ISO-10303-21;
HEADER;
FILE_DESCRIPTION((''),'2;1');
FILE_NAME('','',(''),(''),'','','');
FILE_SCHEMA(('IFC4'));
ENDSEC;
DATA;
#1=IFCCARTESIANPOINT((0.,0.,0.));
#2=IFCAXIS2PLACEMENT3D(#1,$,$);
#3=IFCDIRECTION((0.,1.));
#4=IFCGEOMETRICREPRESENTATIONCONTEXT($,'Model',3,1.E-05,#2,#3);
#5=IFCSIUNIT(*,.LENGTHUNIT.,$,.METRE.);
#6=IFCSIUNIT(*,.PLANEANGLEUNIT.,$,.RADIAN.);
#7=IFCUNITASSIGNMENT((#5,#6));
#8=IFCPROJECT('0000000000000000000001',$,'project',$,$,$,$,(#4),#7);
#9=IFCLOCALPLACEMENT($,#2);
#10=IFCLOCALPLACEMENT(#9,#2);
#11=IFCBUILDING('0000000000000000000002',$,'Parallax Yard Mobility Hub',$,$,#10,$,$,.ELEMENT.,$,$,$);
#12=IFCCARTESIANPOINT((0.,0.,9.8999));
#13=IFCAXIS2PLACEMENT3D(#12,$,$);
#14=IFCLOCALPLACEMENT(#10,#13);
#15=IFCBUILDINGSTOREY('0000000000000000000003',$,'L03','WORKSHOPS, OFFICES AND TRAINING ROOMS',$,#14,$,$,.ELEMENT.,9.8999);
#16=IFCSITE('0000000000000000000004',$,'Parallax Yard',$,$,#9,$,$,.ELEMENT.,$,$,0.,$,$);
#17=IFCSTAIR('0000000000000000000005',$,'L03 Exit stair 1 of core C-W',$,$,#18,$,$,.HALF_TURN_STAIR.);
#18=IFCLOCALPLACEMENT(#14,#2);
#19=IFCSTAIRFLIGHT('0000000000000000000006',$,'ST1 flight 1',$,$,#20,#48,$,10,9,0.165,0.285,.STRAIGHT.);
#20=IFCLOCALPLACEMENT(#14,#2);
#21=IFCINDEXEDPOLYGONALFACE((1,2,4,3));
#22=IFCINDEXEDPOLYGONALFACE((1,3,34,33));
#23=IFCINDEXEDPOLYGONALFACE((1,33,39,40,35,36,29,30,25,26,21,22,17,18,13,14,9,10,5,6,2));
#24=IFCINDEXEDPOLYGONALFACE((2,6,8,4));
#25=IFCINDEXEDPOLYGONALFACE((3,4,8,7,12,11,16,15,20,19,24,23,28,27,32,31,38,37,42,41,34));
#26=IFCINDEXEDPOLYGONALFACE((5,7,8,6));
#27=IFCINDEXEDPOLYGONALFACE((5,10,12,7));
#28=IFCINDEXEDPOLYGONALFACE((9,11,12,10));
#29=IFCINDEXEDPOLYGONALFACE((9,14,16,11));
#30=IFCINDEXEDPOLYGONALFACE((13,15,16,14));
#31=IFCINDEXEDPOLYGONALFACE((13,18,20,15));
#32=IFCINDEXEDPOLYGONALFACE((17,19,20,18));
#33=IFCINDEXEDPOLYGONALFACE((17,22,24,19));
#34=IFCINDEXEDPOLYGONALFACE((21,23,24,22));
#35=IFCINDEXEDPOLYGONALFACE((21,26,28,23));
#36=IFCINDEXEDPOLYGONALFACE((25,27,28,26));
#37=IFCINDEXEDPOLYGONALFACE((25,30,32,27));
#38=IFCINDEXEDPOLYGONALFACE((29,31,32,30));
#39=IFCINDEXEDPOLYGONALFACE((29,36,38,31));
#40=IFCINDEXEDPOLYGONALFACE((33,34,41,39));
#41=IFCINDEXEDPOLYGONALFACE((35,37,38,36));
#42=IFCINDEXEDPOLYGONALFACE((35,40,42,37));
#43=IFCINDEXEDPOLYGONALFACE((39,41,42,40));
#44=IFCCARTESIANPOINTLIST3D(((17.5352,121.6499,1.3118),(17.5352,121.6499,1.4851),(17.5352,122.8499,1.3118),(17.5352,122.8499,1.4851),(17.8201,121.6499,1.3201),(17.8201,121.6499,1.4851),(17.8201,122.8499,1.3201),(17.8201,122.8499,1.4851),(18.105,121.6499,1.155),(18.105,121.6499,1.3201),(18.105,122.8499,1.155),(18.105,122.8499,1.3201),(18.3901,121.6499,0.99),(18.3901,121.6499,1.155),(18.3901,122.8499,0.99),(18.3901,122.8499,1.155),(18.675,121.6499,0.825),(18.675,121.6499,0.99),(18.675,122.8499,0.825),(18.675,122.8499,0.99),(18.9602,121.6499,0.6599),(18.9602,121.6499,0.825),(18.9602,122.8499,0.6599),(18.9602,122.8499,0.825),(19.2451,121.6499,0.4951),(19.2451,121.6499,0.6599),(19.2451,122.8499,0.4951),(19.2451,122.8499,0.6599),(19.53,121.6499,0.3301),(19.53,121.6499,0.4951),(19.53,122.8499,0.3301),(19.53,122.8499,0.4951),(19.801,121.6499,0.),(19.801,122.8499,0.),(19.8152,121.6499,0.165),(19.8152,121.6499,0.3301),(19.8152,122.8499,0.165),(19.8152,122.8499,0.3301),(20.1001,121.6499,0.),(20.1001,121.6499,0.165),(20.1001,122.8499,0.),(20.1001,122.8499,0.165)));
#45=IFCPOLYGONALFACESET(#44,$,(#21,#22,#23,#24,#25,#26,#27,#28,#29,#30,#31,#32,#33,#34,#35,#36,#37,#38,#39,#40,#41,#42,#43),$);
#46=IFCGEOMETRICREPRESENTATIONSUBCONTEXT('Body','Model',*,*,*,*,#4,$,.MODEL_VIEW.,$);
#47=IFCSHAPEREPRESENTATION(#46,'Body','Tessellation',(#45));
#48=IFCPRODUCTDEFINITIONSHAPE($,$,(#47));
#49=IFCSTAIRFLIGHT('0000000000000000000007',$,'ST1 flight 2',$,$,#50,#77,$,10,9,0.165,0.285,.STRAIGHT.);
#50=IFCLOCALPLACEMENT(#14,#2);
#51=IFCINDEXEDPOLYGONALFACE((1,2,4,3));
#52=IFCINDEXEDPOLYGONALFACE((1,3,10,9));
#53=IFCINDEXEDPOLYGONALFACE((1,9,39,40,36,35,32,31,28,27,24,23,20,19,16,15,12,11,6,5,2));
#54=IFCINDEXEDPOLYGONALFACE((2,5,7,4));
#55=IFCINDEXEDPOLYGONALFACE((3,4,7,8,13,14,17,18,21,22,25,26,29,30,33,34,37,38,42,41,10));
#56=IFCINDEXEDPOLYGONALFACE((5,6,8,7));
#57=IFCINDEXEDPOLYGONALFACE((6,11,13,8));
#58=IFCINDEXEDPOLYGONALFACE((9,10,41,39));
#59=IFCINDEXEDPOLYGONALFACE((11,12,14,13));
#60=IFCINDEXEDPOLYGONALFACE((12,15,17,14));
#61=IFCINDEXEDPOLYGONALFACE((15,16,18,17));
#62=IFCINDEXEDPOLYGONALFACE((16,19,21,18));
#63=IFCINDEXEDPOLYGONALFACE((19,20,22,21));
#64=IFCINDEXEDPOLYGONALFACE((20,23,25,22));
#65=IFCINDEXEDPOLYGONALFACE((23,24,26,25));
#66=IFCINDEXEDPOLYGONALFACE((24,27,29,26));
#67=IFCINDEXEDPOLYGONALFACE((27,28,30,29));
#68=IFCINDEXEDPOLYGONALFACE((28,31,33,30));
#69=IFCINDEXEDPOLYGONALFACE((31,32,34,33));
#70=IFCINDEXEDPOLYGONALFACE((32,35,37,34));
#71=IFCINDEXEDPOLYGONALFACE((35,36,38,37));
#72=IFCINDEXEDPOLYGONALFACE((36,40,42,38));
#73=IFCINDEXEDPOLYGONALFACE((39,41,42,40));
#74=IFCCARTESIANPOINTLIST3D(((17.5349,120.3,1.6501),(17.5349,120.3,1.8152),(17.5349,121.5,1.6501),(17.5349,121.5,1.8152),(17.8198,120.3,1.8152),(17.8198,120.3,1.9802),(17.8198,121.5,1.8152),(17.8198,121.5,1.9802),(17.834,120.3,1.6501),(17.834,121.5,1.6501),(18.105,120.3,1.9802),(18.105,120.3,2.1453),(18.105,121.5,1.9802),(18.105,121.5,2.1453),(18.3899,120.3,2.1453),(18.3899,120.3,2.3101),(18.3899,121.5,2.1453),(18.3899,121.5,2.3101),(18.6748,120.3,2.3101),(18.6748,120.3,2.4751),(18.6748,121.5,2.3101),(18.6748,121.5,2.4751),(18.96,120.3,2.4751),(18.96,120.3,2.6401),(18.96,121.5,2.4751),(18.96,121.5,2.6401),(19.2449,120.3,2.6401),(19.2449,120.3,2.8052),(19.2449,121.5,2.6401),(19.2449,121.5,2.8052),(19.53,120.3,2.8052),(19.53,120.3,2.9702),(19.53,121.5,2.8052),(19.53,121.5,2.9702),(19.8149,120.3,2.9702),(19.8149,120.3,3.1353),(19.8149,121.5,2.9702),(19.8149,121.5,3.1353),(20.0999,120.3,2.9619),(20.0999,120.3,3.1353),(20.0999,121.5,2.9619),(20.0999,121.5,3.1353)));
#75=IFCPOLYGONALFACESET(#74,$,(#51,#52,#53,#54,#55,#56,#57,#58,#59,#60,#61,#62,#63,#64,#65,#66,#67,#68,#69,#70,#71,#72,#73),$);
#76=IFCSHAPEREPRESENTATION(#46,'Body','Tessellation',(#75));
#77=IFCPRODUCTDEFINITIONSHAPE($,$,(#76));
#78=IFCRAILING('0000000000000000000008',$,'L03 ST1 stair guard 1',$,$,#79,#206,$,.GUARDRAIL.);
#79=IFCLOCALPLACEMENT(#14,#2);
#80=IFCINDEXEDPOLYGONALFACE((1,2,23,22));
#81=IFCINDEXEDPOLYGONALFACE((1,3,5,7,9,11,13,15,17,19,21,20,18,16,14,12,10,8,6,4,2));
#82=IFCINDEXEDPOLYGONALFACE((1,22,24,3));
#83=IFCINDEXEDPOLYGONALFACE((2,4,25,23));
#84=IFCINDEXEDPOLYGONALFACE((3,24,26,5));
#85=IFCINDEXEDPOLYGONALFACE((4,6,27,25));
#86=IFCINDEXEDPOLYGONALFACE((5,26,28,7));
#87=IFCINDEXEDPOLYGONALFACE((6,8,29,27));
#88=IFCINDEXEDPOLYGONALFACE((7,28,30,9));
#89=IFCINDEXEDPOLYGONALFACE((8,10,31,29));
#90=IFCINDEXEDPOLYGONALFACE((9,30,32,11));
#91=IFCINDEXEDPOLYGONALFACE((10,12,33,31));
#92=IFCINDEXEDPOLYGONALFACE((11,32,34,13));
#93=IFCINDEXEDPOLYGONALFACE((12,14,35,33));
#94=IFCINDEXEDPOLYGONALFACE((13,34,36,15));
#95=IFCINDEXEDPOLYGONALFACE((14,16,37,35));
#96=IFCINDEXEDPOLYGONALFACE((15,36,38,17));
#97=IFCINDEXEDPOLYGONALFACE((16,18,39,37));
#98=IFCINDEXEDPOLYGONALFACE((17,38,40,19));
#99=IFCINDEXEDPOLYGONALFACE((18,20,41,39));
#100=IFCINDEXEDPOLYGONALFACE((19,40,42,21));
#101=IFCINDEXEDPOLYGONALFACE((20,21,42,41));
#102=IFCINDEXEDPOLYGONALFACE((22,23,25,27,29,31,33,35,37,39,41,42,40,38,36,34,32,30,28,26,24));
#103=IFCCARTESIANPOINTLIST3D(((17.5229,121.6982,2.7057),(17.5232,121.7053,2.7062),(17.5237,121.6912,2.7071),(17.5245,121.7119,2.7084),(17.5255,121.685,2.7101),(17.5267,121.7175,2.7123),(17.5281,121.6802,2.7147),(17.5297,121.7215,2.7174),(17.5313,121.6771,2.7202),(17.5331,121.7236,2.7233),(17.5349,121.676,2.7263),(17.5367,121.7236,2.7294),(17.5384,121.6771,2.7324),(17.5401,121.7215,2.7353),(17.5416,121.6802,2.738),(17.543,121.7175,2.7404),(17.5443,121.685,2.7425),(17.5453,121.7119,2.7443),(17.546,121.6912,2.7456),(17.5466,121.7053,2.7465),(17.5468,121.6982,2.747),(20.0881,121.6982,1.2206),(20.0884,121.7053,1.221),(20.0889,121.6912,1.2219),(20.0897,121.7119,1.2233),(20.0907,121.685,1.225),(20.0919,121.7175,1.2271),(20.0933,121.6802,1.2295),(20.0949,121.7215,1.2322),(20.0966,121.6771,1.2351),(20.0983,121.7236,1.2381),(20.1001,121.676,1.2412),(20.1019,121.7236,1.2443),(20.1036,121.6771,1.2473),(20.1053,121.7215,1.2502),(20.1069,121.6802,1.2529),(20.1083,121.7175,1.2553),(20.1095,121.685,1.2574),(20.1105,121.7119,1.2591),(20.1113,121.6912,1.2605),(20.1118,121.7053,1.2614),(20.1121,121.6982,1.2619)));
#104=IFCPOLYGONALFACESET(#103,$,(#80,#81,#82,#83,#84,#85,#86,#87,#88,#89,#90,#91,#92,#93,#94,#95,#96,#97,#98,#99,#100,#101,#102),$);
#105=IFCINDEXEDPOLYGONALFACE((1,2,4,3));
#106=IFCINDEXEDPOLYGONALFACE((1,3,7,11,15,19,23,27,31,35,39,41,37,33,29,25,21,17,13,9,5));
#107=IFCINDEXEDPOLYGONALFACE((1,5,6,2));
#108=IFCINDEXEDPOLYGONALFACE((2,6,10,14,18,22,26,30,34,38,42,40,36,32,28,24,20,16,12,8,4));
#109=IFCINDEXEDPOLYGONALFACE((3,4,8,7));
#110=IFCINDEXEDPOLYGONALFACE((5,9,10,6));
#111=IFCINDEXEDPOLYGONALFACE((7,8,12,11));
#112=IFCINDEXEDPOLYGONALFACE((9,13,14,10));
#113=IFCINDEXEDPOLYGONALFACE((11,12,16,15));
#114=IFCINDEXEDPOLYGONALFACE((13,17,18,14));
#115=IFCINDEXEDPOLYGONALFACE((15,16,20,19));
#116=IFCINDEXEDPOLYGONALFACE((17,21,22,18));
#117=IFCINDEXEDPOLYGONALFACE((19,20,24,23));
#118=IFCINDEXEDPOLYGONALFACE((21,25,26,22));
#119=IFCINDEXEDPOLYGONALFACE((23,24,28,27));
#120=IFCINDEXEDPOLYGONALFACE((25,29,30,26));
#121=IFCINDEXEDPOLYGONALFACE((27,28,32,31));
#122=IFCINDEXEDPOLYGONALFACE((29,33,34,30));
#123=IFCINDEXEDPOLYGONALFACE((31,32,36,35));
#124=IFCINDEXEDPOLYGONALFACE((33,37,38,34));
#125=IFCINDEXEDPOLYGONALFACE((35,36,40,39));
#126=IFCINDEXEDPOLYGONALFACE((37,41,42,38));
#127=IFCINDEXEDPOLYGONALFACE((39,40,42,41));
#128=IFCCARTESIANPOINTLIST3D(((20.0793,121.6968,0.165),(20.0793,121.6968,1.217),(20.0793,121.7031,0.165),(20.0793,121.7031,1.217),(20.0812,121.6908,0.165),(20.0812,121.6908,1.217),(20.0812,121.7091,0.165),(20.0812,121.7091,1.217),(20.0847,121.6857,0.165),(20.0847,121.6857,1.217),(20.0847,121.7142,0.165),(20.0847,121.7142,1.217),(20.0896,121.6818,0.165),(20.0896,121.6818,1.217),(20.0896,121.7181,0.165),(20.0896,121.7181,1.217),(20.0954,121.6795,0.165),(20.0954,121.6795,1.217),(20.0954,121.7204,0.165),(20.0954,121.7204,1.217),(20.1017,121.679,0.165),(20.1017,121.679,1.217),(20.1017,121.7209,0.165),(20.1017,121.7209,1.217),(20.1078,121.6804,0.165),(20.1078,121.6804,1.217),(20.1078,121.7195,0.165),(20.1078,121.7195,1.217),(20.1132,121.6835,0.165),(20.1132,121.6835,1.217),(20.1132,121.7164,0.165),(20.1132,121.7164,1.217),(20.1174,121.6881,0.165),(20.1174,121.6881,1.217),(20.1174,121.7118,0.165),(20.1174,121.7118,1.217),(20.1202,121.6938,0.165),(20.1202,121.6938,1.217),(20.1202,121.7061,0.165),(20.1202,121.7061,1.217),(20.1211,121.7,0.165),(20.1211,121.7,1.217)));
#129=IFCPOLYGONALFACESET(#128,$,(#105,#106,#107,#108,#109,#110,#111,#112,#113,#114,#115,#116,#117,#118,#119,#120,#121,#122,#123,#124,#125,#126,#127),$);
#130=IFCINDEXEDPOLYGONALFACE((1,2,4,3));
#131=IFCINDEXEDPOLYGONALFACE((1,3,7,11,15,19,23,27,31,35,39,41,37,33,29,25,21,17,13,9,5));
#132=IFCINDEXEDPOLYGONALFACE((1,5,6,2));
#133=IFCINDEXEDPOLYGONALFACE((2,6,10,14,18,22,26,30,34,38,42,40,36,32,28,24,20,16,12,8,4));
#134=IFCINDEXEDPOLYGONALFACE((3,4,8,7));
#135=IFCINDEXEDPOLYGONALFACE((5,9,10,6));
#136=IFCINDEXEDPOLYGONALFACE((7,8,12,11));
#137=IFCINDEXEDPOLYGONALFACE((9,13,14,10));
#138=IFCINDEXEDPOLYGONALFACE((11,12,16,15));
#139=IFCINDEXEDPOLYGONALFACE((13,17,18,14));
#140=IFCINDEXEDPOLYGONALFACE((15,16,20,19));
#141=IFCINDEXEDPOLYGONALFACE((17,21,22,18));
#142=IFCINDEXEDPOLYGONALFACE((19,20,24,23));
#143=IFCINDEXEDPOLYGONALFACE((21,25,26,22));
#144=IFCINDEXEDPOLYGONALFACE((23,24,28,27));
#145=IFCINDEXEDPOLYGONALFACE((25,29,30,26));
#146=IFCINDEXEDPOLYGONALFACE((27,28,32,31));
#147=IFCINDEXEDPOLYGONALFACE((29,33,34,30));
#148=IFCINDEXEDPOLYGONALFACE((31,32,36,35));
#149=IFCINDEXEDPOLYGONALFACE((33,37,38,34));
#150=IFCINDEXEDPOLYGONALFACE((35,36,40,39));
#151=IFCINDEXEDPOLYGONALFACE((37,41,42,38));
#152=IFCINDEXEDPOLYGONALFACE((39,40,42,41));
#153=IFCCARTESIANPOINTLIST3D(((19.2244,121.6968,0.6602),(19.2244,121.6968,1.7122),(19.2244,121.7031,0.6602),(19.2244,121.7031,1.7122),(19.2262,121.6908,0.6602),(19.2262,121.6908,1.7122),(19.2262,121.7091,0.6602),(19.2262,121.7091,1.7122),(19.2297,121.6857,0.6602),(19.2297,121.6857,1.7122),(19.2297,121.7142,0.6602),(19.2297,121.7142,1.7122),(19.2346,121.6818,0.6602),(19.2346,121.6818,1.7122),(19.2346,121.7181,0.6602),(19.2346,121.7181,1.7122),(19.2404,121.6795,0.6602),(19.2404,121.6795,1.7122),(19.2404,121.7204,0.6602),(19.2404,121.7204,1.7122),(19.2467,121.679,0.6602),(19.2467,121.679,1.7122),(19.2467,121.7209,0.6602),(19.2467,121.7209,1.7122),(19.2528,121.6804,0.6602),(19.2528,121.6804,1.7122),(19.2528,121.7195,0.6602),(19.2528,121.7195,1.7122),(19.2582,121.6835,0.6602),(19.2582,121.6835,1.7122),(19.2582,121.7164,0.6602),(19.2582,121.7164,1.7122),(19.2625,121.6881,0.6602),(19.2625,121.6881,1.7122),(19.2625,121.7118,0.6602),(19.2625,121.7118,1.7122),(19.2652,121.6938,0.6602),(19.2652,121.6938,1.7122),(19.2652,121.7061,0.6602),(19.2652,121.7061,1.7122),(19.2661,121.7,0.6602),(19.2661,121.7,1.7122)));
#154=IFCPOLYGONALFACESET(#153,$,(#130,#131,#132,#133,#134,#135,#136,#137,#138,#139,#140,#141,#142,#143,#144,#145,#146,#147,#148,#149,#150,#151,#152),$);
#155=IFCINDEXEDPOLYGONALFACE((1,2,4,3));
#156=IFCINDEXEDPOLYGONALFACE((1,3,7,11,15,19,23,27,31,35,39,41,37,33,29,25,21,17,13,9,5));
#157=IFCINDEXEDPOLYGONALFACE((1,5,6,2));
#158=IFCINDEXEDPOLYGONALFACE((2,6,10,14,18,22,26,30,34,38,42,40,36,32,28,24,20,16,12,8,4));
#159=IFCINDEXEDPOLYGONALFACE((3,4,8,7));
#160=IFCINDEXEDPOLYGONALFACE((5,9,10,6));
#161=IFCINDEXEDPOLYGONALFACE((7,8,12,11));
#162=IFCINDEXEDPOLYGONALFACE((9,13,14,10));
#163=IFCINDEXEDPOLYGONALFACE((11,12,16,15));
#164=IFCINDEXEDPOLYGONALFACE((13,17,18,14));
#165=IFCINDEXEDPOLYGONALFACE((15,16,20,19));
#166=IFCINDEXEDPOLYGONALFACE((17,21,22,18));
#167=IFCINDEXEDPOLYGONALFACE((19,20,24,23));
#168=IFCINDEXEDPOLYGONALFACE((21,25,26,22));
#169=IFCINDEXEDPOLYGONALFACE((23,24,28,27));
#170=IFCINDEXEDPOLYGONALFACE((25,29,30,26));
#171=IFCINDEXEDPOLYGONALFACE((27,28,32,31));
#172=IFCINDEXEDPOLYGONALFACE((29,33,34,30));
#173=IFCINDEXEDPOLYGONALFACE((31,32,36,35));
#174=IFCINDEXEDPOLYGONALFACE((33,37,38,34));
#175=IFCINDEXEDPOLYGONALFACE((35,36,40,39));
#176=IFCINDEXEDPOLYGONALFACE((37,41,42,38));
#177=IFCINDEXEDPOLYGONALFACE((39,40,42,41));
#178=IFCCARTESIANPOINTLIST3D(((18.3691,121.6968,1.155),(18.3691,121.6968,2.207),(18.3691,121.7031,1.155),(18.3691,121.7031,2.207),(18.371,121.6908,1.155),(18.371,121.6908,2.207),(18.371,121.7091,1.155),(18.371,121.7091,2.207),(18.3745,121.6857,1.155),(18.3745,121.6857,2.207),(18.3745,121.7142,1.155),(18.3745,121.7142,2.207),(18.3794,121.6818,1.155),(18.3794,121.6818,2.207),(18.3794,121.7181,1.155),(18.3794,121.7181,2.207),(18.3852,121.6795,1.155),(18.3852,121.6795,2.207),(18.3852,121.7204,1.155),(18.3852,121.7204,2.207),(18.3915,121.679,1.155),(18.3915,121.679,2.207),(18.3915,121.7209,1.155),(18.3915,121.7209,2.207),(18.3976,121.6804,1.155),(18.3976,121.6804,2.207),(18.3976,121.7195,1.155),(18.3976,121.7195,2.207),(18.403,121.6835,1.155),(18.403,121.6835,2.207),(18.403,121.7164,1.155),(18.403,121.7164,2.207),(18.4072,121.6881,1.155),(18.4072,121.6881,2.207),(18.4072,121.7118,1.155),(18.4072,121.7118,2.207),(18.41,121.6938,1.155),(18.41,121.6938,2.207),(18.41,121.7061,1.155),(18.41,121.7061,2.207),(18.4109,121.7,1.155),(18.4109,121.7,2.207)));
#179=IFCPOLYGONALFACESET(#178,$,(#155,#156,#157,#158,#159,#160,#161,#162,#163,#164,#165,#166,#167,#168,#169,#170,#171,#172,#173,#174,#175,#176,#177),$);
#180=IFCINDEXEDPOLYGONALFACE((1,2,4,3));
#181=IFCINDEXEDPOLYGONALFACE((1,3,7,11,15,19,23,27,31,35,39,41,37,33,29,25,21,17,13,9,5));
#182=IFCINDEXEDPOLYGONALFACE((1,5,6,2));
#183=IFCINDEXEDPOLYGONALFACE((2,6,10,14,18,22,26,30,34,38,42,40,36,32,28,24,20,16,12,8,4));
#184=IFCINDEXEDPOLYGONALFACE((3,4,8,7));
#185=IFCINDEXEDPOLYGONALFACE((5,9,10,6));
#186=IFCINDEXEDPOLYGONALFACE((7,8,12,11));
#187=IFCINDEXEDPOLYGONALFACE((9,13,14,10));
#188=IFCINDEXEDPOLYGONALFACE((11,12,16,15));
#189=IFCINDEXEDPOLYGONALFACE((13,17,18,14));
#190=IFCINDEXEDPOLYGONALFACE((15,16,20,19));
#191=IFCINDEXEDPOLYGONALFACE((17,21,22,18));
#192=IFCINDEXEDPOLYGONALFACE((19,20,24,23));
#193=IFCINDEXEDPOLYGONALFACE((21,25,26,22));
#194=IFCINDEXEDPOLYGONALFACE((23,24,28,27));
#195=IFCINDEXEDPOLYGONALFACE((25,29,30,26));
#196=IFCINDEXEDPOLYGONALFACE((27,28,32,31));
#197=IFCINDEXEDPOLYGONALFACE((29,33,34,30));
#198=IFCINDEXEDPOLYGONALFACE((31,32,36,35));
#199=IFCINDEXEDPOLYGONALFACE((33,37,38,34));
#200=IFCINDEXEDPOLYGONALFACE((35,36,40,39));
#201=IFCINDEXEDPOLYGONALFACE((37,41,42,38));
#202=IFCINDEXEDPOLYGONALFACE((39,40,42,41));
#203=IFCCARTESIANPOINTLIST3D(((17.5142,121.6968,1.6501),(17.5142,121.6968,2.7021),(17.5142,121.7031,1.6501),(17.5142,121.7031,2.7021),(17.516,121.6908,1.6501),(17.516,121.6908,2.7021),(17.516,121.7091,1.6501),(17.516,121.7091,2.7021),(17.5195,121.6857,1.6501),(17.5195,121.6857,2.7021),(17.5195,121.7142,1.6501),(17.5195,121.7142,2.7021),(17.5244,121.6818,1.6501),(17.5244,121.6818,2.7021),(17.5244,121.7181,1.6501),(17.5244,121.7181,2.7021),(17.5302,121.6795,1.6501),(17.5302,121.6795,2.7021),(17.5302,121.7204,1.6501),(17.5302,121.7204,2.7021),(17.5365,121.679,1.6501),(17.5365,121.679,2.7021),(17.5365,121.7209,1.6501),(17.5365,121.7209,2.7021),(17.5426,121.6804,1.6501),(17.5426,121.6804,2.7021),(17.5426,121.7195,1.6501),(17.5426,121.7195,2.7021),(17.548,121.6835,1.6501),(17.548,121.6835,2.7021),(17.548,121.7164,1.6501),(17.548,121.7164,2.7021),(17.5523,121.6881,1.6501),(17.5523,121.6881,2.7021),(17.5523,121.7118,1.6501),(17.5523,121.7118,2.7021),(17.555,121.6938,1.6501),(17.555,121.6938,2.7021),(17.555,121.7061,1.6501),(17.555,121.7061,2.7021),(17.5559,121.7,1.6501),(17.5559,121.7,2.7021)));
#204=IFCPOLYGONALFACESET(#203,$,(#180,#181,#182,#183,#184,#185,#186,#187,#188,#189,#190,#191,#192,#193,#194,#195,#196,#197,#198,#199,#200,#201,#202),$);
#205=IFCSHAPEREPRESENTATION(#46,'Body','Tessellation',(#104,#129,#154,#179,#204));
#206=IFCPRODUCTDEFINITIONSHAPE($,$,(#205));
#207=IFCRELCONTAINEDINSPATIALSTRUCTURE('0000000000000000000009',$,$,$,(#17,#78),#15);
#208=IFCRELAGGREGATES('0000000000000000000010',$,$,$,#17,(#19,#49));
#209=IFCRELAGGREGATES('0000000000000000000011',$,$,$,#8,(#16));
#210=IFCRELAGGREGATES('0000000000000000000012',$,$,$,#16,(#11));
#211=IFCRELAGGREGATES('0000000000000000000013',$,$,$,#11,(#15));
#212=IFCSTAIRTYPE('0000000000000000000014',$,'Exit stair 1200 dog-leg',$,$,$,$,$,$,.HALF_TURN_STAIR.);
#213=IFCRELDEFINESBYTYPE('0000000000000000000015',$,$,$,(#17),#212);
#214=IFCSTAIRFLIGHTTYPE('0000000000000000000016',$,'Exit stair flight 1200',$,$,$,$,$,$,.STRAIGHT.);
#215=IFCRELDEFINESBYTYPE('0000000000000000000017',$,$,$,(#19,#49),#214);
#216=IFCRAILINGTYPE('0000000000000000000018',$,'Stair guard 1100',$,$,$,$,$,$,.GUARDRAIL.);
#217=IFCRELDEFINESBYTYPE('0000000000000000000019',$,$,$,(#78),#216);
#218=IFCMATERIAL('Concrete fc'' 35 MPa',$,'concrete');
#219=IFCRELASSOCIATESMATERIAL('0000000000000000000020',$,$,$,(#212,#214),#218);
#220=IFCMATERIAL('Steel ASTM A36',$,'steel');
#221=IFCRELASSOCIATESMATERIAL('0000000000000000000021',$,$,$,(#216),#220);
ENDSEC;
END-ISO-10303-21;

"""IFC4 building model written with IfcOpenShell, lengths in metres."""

from ifc_helpers import new_model, si_unit, direction, frame, origin, origin_2d, place, context, subcontext, project, spatial, polyline, circle, outline, extrude, material, type_object, element, aggregate, save


model = new_model("IFC4")

# Units and contexts
model_context = context("Model", 3, precision=1e-05, world=origin(), true_north=direction((0.0, 1.0)))
body_context = subcontext(model_context, "Body", "Model", "MODEL_VIEW")
ifc_project = project(units=[si_unit("LENGTHUNIT", "METRE"), si_unit("PLANEANGLEUNIT", "RADIAN")], contexts=[model_context])

# Site, building, storey
site_placement = place(None, origin())
site = spatial("IfcSite", under=ifc_project, at=site_placement, Name="Parallax Yard", CompositionType="ELEMENT", RefElevation=0.0)
building_placement = place(site_placement, origin())
building = spatial("IfcBuilding", under=site, at=building_placement, Name="Parallax Yard Mobility Hub", CompositionType="ELEMENT")
storey_placement = place(building_placement, frame((0.0, 0.0, 9.8999)))
storey = spatial("IfcBuildingStorey", under=building, at=storey_placement, Name="L03", Description="WORKSHOPS, OFFICES AND TRAINING ROOMS", CompositionType="ELEMENT", Elevation=9.8999)

# Shared definitions
ifc_material_1 = material(Name="Concrete fc' 35 MPa", Category="concrete")

# Stair, stair flights
stair_type = type_object("IfcStairType", Name="Exit stair 1200 dog-leg", PredefinedType="HALF_TURN_STAIR", material=ifc_material_1)
stair_placement = place(storey_placement, origin())
stair = element("IfcStair", 1, at=stair_placement, inside=storey, type_object=stair_type, Name="L03 Exit stair 1 of core C-W", PredefinedType="HALF_TURN_STAIR")
stair_flight_type = type_object("IfcStairFlightType", Name="Exit stair flight 1200", PredefinedType="STRAIGHT", material=ifc_material_1)
stair_flight_1_placement = place(storey_placement, frame((20.1001, 122.25, 0.0), z_axis=(0.0, 0.0, 1.0), x_axis=(-1.0, 0.0, 0.0)))
stair_flight_1 = element("IfcStairFlight", 2, at=stair_flight_1_placement, type_object=stair_flight_type, Name="ST1 flight 1", NumberOfRisers=10, NumberOfTreads=9, PredefinedType="STRAIGHT", RiserHeight=0.165, TreadLength=0.285, context=body_context, shape_type="SweptSolid", body=[
    extrude(outline(polyline([(0.0, 0.0), (0.0, 0.165), (0.2849, 0.165), (0.2849, 0.3301), (0.5701, 0.3301), (0.5701, 0.4951), (0.855, 0.4951), (0.855, 0.6599), (1.1399, 0.6599), (1.1399, 0.825), (1.425, 0.825), (1.425, 0.99), (1.71, 0.99), (1.71, 1.155), (1.9951, 1.155), (1.9951, 1.3201), (2.28, 1.3201), (2.28, 1.4851), (2.5649, 1.4851), (2.5649, 1.6499), (2.5649, 1.3118), (0.2991, 0.0), (0.0, 0.0)])), frame((0.0, 0.6001, 0.0), z_axis=(0.0, -1.0, 0.0), x_axis=(1.0, 0.0, 0.0)), (0.0, 0.0, 1.0), 1.2),
])
stair_flight_2_placement = place(storey_placement, frame((17.5349, 120.8999, 1.6501), z_axis=(0.0, 0.0, 1.0), x_axis=(1.0, 0.0, 0.0)))
stair_flight_2 = element("IfcStairFlight", 3, at=stair_flight_2_placement, type_object=stair_flight_type, Name="ST1 flight 2", NumberOfRisers=10, NumberOfTreads=9, PredefinedType="STRAIGHT", RiserHeight=0.165, TreadLength=0.285, context=body_context, shape_type="SweptSolid", body=[
    extrude(outline(polyline([(0.0, 0.0), (0.0, 0.165), (0.2849, 0.165), (0.2849, 0.3301), (0.5701, 0.3301), (0.5701, 0.4951), (0.855, 0.4951), (0.855, 0.6599), (1.1399, 0.6599), (1.1399, 0.825), (1.425, 0.825), (1.425, 0.99), (1.71, 0.99), (1.71, 1.155), (1.9951, 1.155), (1.9951, 1.3201), (2.28, 1.3201), (2.28, 1.4851), (2.5649, 1.4851), (2.5649, 1.6499), (2.5649, 1.3118), (0.2991, 0.0), (0.0, 0.0)])), frame((0.0, 0.6001, 0.0), z_axis=(0.0, -1.0, 0.0), x_axis=(1.0, 0.0, 0.0)), (0.0, 0.0, 1.0), 1.2),
])
aggregate(stair, [stair_flight_1, stair_flight_2])

# Railing
ifc_material_2 = material(Name="Steel ASTM A36", Category="steel")
railing_type_1 = type_object("IfcRailingType", Name="Stair guard 1100", PredefinedType="GUARDRAIL", material=ifc_material_2)
railing_1_placement = place(storey_placement, frame((20.1001, 121.7, 0.165)))
element("IfcRailing", 4, at=railing_1_placement, inside=storey, type_object=railing_type_1, Name="L03 ST1 stair guard 1", PredefinedType="GUARDRAIL", context=body_context, shape_type="SweptSolid", body=[
    extrude(circle(Radius=0.0239, at=origin_2d()), frame((0.0, 0.0, 1.0762), z_axis=(-0.865426, 0.0, 0.501036), x_axis=(0.0, -1.0, 0.0)), (0.0, 0.0, 1.0), 2.9641),
    extrude(circle(Radius=0.021, at=origin_2d()), origin(), (0.0, 0.0, 1.0), 1.052),
    extrude(circle(Radius=0.021, at=origin_2d()), frame((-0.855, 0.0, 0.4951)), (0.0, 0.0, 1.0), 1.052),
    extrude(circle(Radius=0.021, at=origin_2d()), frame((-1.7102, 0.0, 0.99)), (0.0, 0.0, 1.0), 1.052),
    extrude(circle(Radius=0.021, at=origin_2d()), frame((-2.5652, 0.0, 1.4851)), (0.0, 0.0, 1.0), 1.052),
])

save(model, "model.ifc")
